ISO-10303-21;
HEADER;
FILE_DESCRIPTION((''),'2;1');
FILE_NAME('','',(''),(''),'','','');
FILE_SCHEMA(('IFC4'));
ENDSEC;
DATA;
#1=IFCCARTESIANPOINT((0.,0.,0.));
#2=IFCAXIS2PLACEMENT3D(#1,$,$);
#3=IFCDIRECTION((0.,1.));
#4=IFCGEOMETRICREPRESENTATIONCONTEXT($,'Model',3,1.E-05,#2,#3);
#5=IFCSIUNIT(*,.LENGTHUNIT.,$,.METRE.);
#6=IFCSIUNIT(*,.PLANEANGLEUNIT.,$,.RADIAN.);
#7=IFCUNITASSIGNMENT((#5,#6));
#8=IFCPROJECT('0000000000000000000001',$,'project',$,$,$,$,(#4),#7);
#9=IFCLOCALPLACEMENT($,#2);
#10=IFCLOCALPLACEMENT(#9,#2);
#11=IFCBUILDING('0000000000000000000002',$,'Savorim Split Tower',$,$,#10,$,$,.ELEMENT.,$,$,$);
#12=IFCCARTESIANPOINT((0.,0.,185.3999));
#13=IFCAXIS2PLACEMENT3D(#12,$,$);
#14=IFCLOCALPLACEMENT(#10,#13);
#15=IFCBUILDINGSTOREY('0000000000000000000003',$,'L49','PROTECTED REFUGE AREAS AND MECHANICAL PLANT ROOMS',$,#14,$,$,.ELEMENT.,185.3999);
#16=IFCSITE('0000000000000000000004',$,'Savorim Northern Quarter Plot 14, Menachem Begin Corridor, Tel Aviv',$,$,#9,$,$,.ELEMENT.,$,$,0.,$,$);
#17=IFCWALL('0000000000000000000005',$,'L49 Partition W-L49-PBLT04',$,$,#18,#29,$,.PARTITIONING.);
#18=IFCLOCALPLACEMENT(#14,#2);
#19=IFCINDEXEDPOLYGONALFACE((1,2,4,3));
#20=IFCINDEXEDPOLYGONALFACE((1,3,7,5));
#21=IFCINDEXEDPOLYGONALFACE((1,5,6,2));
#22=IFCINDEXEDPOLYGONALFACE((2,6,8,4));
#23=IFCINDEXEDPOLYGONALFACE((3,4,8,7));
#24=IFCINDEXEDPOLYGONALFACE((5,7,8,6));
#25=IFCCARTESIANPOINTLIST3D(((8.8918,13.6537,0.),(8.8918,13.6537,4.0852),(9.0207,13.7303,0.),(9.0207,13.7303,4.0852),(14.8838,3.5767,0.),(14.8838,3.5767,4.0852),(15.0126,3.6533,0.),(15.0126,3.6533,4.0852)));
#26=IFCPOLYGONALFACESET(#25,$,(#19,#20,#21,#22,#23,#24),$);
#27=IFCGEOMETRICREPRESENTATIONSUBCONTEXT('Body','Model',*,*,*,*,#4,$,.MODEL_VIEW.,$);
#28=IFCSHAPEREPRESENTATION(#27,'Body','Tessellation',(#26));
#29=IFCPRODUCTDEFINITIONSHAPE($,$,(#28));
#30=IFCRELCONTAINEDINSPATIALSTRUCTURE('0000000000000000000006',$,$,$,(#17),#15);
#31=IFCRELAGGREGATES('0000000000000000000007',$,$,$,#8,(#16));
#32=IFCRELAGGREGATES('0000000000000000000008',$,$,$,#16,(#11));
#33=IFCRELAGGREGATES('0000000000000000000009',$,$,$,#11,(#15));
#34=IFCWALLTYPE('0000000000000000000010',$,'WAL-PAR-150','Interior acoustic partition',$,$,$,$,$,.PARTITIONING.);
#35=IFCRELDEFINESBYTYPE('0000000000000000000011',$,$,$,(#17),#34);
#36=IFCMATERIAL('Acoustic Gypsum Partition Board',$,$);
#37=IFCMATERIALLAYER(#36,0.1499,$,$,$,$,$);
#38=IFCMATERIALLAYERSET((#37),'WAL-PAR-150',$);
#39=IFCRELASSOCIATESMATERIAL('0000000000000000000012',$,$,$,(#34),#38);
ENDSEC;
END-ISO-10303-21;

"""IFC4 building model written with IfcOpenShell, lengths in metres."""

from ifc_helpers import new_model, si_unit, direction, frame, frame_2d, origin, place, context, subcontext, project, spatial, rectangle, extrude, material, layer, layer_set, type_object, element, save


model = new_model("IFC4")

# Units and contexts
model_context = context("Model", 3, precision=1e-05, world=origin(), true_north=direction((0.0, 1.0)))
body_context = subcontext(model_context, "Body", "Model", "MODEL_VIEW")
ifc_project = project(units=[si_unit("LENGTHUNIT", "METRE"), si_unit("PLANEANGLEUNIT", "RADIAN")], contexts=[model_context])

# Site, building, storey
site_placement = place(None, origin())
site = spatial("IfcSite", under=ifc_project, at=site_placement, Name="Savorim Northern Quarter Plot 14, Menachem Begin Corridor, Tel Aviv", CompositionType="ELEMENT", RefElevation=0.0)
building_placement = place(site_placement, origin())
building = spatial("IfcBuilding", under=site, at=building_placement, Name="Savorim Split Tower", CompositionType="ELEMENT")
storey_placement = place(building_placement, frame((0.0, 0.0, 185.3999)))
storey = spatial("IfcBuildingStorey", under=building, at=storey_placement, Name="L49", Description="PROTECTED REFUGE AREAS AND MECHANICAL PLANT ROOMS", CompositionType="ELEMENT", Elevation=185.3999)

# Wall
ifc_material_1 = material(Name="Acoustic Gypsum Partition Board")
ifc_layer_1 = layer(ifc_material_1, 0.1499)
ifc_layer_set_1 = layer_set([ifc_layer_1], Name="WAL-PAR-150")
wall_type_1 = type_object("IfcWallType", Name="WAL-PAR-150", Description="Interior acoustic partition", PredefinedType="PARTITIONING", material=ifc_layer_set_1)
wall_1_placement = place(storey_placement, frame((8.9563, 13.6919, 0.0), z_axis=(0.0, 0.0, 1.0), x_axis=(0.511092, -0.859526, 0.0)))
element("IfcWall", 1, at=wall_1_placement, inside=storey, type_object=wall_type_1, Name="L49 Partition W-L49-PBLT04", PredefinedType="PARTITIONING", context=body_context, shape_type="SweptSolid", body=[
    extrude(rectangle(XDim=11.7239, YDim=0.1499, at=frame_2d((5.8618, 0.0))), origin(), (0.0, 0.0, 1.0), 4.0852),
])

save(model, "model.ifc")
